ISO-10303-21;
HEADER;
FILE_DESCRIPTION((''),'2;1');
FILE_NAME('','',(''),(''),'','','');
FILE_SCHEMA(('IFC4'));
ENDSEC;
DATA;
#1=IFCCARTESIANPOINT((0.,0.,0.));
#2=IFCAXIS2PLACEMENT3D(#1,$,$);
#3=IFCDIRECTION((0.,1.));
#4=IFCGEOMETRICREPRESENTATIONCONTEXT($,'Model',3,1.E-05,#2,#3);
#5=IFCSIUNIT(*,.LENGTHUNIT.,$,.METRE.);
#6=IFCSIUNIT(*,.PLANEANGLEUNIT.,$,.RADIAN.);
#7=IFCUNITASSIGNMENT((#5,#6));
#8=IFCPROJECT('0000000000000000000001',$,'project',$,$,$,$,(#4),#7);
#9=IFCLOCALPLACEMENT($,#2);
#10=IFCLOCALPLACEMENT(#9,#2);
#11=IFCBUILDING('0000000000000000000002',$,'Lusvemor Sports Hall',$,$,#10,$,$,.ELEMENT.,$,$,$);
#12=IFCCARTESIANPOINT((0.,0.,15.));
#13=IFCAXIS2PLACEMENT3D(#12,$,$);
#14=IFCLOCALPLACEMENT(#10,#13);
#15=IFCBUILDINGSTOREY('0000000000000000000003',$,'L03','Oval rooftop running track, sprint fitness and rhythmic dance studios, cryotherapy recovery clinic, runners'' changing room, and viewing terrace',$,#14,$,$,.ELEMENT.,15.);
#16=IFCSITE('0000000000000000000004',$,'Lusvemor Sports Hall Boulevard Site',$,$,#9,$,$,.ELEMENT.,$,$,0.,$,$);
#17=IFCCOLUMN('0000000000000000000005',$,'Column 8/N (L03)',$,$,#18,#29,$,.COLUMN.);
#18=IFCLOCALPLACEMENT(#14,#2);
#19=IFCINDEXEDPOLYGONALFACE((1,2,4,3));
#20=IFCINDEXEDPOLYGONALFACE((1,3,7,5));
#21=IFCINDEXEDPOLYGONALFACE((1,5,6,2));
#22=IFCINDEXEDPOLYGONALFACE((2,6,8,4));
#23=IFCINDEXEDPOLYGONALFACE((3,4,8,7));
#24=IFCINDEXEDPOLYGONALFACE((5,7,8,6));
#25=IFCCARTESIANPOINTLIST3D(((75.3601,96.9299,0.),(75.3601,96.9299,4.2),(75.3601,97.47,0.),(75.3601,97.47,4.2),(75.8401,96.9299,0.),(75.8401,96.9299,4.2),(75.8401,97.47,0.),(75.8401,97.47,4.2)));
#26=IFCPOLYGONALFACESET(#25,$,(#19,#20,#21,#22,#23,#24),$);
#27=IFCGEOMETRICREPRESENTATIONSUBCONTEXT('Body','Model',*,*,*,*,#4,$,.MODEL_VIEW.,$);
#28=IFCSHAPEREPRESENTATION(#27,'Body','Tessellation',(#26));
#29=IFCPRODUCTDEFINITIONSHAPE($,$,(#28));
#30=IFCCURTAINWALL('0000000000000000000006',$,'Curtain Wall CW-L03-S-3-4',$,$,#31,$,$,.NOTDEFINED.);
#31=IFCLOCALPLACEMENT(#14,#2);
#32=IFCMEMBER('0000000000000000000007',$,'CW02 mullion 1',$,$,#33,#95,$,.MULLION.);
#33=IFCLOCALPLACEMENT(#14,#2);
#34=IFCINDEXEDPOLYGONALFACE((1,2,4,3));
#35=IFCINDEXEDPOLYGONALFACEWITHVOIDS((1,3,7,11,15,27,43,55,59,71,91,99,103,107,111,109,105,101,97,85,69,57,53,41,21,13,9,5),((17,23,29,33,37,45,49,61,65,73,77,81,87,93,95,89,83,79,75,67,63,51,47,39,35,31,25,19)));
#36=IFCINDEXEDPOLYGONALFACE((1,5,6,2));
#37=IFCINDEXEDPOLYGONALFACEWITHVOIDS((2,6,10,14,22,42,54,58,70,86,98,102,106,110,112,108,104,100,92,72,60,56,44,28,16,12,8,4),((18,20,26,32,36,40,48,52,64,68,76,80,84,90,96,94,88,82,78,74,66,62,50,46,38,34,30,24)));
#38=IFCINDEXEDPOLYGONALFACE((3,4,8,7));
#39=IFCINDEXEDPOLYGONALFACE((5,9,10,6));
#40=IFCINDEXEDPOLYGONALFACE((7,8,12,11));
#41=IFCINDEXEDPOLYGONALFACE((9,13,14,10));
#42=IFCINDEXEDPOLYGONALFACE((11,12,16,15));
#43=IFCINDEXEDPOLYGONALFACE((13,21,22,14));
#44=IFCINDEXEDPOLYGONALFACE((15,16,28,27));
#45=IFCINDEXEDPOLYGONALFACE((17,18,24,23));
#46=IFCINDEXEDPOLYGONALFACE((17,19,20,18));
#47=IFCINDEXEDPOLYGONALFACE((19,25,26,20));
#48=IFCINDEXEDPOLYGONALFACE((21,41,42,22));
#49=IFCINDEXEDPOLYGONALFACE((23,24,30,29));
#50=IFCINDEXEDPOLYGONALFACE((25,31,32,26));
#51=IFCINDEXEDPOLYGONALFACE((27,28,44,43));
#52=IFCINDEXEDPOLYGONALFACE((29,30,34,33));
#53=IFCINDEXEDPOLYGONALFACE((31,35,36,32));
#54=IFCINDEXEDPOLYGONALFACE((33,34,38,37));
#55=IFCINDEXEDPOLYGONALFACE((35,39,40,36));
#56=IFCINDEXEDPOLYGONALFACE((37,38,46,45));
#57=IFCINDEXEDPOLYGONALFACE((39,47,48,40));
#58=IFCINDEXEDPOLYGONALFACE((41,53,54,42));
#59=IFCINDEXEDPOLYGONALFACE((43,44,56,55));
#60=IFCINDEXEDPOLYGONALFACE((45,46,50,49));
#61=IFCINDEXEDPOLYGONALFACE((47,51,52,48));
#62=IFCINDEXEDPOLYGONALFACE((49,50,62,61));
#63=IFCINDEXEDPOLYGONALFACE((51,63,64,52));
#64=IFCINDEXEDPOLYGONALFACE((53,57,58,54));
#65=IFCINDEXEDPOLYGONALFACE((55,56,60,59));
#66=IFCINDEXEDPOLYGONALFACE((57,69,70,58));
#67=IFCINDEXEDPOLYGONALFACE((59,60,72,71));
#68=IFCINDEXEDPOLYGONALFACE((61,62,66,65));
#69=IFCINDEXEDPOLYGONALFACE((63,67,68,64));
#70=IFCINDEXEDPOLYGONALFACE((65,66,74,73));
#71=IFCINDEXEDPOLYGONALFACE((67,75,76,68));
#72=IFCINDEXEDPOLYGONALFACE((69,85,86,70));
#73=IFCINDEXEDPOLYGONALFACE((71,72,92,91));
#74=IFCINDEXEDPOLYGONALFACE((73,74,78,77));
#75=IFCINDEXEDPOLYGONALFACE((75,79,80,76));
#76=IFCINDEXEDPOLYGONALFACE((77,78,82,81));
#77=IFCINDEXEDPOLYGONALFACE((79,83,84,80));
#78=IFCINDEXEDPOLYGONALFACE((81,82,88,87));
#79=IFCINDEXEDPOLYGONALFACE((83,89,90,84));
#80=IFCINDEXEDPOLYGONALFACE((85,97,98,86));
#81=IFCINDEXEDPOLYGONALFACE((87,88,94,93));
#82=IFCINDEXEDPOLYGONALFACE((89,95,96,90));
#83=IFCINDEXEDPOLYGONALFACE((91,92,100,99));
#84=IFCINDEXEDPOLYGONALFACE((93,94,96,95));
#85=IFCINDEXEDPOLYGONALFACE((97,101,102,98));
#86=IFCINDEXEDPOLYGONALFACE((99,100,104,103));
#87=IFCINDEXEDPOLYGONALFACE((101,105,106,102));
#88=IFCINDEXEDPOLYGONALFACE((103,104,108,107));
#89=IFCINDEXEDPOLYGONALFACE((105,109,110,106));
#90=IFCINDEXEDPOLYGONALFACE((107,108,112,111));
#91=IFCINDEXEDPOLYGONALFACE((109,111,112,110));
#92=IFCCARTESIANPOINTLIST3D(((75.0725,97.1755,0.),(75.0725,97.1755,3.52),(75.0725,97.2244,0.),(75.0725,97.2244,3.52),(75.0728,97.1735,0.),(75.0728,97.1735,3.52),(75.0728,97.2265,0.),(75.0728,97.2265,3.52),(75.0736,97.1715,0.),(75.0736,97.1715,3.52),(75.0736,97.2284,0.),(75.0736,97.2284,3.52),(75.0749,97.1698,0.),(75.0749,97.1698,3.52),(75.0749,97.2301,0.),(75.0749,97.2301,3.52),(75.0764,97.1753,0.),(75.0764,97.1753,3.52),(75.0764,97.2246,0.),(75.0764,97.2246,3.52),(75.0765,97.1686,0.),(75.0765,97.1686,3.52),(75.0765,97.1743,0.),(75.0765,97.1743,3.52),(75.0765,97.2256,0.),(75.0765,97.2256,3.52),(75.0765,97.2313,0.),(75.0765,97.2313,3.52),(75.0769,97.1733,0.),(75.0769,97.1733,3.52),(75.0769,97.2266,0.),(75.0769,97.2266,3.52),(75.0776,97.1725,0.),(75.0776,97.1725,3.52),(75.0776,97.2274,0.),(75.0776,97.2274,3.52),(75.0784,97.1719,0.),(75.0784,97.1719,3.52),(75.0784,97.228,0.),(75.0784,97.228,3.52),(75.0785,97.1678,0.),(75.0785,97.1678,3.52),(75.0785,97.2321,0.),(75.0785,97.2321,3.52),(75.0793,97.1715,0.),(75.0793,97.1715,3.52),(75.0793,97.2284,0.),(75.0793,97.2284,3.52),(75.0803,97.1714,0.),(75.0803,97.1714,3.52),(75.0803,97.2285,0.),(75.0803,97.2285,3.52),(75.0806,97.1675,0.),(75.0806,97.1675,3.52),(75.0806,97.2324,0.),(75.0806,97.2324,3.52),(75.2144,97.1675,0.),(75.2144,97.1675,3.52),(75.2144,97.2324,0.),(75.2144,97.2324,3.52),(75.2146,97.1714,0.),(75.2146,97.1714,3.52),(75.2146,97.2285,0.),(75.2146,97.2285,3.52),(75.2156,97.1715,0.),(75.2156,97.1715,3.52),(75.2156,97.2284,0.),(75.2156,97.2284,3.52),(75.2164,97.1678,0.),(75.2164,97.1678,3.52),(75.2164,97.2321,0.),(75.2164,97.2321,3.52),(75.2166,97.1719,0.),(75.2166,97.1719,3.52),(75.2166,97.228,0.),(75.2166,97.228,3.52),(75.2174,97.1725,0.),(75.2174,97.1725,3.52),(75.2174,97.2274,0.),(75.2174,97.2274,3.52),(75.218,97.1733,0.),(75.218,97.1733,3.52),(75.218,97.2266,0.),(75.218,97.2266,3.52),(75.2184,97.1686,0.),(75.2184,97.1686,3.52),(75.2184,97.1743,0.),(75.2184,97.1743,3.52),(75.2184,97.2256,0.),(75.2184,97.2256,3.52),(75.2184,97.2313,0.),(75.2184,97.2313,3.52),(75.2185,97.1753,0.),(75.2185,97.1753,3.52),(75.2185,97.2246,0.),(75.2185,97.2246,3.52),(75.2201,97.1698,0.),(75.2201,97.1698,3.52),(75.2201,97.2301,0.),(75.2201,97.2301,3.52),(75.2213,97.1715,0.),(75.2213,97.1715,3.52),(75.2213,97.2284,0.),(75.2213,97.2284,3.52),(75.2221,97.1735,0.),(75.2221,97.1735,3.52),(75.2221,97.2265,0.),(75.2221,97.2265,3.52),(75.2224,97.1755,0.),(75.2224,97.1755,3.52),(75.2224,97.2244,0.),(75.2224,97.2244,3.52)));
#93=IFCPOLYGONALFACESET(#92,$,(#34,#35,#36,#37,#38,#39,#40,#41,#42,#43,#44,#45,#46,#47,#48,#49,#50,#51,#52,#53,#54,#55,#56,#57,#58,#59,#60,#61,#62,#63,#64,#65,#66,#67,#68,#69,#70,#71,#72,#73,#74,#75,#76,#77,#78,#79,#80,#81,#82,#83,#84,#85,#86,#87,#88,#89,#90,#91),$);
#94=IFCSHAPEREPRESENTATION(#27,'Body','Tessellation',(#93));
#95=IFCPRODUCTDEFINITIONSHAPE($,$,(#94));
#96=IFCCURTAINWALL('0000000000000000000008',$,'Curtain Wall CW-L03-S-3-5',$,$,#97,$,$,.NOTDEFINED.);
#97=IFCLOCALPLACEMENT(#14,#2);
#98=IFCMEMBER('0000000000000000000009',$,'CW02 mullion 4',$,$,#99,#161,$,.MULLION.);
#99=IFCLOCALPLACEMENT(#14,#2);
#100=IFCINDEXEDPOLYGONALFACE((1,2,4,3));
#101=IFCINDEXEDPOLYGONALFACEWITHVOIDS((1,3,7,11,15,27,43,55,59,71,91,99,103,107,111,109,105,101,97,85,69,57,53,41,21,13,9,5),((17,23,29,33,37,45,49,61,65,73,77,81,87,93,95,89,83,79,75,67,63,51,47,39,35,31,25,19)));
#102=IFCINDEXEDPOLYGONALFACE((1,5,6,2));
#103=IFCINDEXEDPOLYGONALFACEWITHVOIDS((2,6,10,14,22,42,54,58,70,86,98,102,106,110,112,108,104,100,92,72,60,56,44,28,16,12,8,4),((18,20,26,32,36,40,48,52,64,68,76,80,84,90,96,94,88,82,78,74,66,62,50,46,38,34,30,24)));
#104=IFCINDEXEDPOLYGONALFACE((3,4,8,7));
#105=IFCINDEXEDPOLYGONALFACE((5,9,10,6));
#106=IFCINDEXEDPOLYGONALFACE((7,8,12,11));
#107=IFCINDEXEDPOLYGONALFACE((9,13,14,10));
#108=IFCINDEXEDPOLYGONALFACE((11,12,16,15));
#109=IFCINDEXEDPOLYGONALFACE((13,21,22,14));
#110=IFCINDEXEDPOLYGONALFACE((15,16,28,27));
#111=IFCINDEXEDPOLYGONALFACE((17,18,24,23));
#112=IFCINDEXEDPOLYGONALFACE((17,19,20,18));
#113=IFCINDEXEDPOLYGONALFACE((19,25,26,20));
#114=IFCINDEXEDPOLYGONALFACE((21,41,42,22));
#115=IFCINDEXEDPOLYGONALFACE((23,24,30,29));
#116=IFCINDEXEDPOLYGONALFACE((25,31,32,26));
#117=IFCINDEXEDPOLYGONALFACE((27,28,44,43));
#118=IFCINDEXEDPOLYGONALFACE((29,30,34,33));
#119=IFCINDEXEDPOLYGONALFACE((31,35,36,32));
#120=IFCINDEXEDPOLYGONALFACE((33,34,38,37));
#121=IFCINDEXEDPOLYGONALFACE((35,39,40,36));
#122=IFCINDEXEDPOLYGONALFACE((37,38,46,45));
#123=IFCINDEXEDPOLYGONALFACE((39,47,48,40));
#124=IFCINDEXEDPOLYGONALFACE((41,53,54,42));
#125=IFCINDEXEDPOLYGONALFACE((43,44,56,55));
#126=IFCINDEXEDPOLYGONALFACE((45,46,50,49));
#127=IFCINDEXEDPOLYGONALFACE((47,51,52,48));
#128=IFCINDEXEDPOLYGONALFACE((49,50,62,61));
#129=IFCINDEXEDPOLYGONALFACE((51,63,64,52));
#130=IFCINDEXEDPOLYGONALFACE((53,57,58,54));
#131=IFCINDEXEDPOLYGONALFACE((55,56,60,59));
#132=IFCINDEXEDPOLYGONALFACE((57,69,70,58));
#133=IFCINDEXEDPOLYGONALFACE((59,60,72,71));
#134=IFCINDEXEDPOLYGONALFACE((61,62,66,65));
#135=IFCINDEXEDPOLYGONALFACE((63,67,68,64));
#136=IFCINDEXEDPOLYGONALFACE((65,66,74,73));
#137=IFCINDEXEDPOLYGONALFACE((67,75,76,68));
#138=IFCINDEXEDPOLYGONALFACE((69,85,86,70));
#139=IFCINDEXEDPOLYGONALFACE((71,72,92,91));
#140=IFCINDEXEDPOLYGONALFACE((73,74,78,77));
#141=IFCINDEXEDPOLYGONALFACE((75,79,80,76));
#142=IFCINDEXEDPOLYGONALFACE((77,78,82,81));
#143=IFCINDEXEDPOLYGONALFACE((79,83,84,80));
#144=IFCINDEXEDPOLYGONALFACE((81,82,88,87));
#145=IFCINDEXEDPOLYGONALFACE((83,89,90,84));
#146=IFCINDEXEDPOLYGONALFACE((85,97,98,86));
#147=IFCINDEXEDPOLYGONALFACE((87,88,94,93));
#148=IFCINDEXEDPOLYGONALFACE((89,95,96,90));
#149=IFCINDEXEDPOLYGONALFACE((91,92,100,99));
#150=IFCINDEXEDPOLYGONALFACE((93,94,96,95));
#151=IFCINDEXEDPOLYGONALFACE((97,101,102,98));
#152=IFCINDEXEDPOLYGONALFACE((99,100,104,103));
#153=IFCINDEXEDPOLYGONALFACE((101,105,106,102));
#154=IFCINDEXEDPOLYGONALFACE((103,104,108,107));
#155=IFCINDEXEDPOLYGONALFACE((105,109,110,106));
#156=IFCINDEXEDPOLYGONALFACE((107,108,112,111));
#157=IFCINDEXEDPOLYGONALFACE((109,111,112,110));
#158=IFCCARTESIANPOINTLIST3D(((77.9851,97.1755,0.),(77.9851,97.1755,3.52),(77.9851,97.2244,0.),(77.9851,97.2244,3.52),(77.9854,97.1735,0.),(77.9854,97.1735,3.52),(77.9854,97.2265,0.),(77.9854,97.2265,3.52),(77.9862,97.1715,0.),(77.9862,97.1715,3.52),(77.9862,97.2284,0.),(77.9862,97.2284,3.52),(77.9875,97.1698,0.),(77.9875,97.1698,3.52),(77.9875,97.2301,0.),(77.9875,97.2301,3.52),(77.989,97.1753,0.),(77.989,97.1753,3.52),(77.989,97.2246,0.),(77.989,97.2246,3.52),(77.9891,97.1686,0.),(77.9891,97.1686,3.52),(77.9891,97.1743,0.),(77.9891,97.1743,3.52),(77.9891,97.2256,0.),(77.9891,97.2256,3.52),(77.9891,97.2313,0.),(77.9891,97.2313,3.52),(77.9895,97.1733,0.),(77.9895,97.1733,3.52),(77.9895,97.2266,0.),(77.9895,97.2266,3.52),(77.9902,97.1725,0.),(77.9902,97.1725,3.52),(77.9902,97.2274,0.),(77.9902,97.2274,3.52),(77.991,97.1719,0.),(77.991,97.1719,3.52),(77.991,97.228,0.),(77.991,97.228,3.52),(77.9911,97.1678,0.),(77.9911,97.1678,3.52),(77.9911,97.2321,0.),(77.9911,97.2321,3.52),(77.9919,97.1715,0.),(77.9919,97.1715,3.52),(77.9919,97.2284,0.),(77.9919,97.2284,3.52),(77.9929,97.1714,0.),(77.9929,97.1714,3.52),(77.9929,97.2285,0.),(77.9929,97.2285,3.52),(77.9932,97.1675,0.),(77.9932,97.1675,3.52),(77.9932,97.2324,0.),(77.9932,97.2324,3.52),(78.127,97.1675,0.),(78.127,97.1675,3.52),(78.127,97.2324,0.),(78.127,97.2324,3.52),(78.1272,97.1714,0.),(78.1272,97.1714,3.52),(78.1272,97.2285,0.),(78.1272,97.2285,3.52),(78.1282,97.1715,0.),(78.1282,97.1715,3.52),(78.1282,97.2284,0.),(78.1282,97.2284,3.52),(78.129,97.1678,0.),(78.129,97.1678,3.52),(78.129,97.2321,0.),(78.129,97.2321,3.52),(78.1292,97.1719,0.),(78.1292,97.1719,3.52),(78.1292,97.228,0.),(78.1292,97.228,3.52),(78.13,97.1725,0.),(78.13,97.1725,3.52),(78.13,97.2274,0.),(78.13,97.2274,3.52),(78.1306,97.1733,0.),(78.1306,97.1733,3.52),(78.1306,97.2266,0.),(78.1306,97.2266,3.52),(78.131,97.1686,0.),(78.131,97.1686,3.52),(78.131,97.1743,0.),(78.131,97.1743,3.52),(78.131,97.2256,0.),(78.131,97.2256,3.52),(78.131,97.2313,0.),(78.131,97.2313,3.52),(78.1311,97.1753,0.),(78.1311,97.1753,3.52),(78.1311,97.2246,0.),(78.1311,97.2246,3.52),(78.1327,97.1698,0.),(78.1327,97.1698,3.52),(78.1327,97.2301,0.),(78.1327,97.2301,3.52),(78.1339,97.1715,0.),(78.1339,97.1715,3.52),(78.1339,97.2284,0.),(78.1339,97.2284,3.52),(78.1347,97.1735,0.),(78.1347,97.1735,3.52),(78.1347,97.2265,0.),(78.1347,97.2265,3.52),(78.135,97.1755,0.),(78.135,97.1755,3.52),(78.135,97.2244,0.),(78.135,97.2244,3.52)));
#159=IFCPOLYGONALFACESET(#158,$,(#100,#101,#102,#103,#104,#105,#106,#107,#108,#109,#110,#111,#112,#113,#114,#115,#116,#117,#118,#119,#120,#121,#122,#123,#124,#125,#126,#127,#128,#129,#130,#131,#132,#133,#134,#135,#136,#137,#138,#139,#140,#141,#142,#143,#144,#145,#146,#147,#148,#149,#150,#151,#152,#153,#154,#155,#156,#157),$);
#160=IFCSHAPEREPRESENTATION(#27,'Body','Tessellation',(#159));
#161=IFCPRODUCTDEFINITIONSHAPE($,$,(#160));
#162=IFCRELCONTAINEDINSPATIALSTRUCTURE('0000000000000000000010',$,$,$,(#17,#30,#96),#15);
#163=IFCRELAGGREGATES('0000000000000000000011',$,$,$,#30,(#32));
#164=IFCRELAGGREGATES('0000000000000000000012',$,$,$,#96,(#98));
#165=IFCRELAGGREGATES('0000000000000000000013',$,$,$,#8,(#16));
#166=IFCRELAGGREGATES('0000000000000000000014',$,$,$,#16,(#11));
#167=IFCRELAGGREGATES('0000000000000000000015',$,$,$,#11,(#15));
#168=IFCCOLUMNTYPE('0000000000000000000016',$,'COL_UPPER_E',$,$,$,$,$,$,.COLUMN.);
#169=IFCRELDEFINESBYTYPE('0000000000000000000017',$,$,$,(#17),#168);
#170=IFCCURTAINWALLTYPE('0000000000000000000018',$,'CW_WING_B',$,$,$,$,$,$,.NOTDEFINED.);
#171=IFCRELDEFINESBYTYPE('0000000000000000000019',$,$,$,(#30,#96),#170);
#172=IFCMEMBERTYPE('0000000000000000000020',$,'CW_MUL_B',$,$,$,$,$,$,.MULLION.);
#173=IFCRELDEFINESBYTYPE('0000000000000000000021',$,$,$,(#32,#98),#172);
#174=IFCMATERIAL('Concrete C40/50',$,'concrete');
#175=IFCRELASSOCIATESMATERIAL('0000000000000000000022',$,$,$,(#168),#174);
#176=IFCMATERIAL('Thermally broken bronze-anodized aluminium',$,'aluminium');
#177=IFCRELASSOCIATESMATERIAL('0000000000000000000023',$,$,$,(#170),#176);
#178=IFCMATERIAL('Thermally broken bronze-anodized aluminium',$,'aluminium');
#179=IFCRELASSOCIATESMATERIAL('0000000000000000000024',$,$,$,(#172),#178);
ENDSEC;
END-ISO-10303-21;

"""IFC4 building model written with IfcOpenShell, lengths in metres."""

from ifc_helpers import new_model, si_unit, direction, frame, origin, origin_2d, place, context, subcontext, project, spatial, rectangle, hollow_rectangle, extrude, material, material_profile, profile_set, type_object, element, aggregate, save


model = new_model("IFC4")

# Units and contexts
model_context = context("Model", 3, precision=1e-05, world=origin(), true_north=direction((0.0, 1.0)))
body_context = subcontext(model_context, "Body", "Model", "MODEL_VIEW")
ifc_project = project(units=[si_unit("LENGTHUNIT", "METRE"), si_unit("PLANEANGLEUNIT", "RADIAN")], contexts=[model_context])

# Site, building, storey
site_placement = place(None, origin())
site = spatial("IfcSite", under=ifc_project, at=site_placement, Name="Lusvemor Sports Hall Boulevard Site", CompositionType="ELEMENT", RefElevation=0.0)
building_placement = place(site_placement, origin())
building = spatial("IfcBuilding", under=site, at=building_placement, Name="Lusvemor Sports Hall", CompositionType="ELEMENT")
storey_placement = place(building_placement, frame((0.0, 0.0, 15.0)))
storey = spatial("IfcBuildingStorey", under=building, at=storey_placement, Name="L03", Description="Oval rooftop running track, sprint fitness and rhythmic dance studios, cryotherapy recovery clinic, runners' changing room, and viewing terrace", CompositionType="ELEMENT", Elevation=15.0)

# Column
ifc_material_1 = material(Name="Concrete C40/50", Category="concrete")
ifc_material_profile_1 = material_profile(ifc_material_1, rectangle(XDim=0.48, YDim=0.54, at=origin_2d()), Name="RC480x540")
ifc_profile_set_1 = profile_set([ifc_material_profile_1], Name="Concrete C40/50")
column_type = type_object("IfcColumnType", Name="COL_UPPER_E", PredefinedType="COLUMN", material=ifc_profile_set_1)
column_placement = place(storey_placement, frame((75.6001, 97.2, 0.0), z_axis=(0.0, 0.0, 1.0), x_axis=(1.0, 0.0, 0.0)))
element("IfcColumn", 1, at=column_placement, inside=storey, type_object=column_type, Name="Column 8/N (L03)", PredefinedType="COLUMN", context=body_context, shape_type="SweptSolid", body=[
    extrude(rectangle(XDim=0.48, YDim=0.54, at=origin_2d()), origin(), (0.0, 0.0, 1.0), 4.2),
])

# Curtain wall, member
ifc_material_2 = material(Name="Thermally broken bronze-anodized aluminium", Category="aluminium")
curtain_wall_type = type_object("IfcCurtainWallType", Name="CW_WING_B", PredefinedType="NOTDEFINED", material=ifc_material_2)
curtain_wall_1_placement = place(storey_placement, origin())
curtain_wall_1 = element("IfcCurtainWall", 2, at=curtain_wall_1_placement, inside=storey, type_object=curtain_wall_type, Name="Curtain Wall CW-L03-S-3-4", PredefinedType="NOTDEFINED")
ifc_material_3 = material(Name="Thermally broken bronze-anodized aluminium", Category="aluminium")
ifc_material_profile_2 = material_profile(ifc_material_3, hollow_rectangle(XDim=0.0649, YDim=0.1499, WallThickness=0.0039, InnerFilletRadius=0.0039, OuterFilletRadius=0.0081, at=origin_2d()), Name="CWMUL150x65x4")
ifc_profile_set_2 = profile_set([ifc_material_profile_2], Name="Thermally broken bronze-anodized aluminium")
member_type_1 = type_object("IfcMemberType", Name="CW_MUL_B", PredefinedType="MULLION", material=ifc_profile_set_2)
member_1_placement = place(storey_placement, frame((75.1475, 97.2, 0.0), z_axis=(0.0, 0.0, 1.0), x_axis=(0.0, -1.0, 0.0)))
member_1 = element("IfcMember", 3, at=member_1_placement, type_object=member_type_1, Name="CW02 mullion 1", PredefinedType="MULLION", context=body_context, shape_type="SweptSolid", body=[
    extrude(hollow_rectangle(XDim=0.0649, YDim=0.1499, WallThickness=0.0039, InnerFilletRadius=0.0039, OuterFilletRadius=0.0081, at=origin_2d()), origin(), (0.0, 0.0, 1.0), 3.52),
])

# Curtain wall, member
curtain_wall_2_placement = place(storey_placement, origin())
curtain_wall_2 = element("IfcCurtainWall", 4, at=curtain_wall_2_placement, inside=storey, type_object=curtain_wall_type, Name="Curtain Wall CW-L03-S-3-5", PredefinedType="NOTDEFINED")
member_2_placement = place(storey_placement, frame((78.0601, 97.2, 0.0), z_axis=(0.0, 0.0, 1.0), x_axis=(0.0, -1.0, 0.0)))
member_2 = element("IfcMember", 5, at=member_2_placement, type_object=member_type_1, Name="CW02 mullion 4", PredefinedType="MULLION", context=body_context, shape_type="SweptSolid", body=[
    extrude(hollow_rectangle(XDim=0.0649, YDim=0.1499, WallThickness=0.0039, InnerFilletRadius=0.0039, OuterFilletRadius=0.0081, at=origin_2d()), origin(), (0.0, 0.0, 1.0), 3.52),
])

aggregate(curtain_wall_1, [member_1])
aggregate(curtain_wall_2, [member_2])

save(model, "model.ifc")
